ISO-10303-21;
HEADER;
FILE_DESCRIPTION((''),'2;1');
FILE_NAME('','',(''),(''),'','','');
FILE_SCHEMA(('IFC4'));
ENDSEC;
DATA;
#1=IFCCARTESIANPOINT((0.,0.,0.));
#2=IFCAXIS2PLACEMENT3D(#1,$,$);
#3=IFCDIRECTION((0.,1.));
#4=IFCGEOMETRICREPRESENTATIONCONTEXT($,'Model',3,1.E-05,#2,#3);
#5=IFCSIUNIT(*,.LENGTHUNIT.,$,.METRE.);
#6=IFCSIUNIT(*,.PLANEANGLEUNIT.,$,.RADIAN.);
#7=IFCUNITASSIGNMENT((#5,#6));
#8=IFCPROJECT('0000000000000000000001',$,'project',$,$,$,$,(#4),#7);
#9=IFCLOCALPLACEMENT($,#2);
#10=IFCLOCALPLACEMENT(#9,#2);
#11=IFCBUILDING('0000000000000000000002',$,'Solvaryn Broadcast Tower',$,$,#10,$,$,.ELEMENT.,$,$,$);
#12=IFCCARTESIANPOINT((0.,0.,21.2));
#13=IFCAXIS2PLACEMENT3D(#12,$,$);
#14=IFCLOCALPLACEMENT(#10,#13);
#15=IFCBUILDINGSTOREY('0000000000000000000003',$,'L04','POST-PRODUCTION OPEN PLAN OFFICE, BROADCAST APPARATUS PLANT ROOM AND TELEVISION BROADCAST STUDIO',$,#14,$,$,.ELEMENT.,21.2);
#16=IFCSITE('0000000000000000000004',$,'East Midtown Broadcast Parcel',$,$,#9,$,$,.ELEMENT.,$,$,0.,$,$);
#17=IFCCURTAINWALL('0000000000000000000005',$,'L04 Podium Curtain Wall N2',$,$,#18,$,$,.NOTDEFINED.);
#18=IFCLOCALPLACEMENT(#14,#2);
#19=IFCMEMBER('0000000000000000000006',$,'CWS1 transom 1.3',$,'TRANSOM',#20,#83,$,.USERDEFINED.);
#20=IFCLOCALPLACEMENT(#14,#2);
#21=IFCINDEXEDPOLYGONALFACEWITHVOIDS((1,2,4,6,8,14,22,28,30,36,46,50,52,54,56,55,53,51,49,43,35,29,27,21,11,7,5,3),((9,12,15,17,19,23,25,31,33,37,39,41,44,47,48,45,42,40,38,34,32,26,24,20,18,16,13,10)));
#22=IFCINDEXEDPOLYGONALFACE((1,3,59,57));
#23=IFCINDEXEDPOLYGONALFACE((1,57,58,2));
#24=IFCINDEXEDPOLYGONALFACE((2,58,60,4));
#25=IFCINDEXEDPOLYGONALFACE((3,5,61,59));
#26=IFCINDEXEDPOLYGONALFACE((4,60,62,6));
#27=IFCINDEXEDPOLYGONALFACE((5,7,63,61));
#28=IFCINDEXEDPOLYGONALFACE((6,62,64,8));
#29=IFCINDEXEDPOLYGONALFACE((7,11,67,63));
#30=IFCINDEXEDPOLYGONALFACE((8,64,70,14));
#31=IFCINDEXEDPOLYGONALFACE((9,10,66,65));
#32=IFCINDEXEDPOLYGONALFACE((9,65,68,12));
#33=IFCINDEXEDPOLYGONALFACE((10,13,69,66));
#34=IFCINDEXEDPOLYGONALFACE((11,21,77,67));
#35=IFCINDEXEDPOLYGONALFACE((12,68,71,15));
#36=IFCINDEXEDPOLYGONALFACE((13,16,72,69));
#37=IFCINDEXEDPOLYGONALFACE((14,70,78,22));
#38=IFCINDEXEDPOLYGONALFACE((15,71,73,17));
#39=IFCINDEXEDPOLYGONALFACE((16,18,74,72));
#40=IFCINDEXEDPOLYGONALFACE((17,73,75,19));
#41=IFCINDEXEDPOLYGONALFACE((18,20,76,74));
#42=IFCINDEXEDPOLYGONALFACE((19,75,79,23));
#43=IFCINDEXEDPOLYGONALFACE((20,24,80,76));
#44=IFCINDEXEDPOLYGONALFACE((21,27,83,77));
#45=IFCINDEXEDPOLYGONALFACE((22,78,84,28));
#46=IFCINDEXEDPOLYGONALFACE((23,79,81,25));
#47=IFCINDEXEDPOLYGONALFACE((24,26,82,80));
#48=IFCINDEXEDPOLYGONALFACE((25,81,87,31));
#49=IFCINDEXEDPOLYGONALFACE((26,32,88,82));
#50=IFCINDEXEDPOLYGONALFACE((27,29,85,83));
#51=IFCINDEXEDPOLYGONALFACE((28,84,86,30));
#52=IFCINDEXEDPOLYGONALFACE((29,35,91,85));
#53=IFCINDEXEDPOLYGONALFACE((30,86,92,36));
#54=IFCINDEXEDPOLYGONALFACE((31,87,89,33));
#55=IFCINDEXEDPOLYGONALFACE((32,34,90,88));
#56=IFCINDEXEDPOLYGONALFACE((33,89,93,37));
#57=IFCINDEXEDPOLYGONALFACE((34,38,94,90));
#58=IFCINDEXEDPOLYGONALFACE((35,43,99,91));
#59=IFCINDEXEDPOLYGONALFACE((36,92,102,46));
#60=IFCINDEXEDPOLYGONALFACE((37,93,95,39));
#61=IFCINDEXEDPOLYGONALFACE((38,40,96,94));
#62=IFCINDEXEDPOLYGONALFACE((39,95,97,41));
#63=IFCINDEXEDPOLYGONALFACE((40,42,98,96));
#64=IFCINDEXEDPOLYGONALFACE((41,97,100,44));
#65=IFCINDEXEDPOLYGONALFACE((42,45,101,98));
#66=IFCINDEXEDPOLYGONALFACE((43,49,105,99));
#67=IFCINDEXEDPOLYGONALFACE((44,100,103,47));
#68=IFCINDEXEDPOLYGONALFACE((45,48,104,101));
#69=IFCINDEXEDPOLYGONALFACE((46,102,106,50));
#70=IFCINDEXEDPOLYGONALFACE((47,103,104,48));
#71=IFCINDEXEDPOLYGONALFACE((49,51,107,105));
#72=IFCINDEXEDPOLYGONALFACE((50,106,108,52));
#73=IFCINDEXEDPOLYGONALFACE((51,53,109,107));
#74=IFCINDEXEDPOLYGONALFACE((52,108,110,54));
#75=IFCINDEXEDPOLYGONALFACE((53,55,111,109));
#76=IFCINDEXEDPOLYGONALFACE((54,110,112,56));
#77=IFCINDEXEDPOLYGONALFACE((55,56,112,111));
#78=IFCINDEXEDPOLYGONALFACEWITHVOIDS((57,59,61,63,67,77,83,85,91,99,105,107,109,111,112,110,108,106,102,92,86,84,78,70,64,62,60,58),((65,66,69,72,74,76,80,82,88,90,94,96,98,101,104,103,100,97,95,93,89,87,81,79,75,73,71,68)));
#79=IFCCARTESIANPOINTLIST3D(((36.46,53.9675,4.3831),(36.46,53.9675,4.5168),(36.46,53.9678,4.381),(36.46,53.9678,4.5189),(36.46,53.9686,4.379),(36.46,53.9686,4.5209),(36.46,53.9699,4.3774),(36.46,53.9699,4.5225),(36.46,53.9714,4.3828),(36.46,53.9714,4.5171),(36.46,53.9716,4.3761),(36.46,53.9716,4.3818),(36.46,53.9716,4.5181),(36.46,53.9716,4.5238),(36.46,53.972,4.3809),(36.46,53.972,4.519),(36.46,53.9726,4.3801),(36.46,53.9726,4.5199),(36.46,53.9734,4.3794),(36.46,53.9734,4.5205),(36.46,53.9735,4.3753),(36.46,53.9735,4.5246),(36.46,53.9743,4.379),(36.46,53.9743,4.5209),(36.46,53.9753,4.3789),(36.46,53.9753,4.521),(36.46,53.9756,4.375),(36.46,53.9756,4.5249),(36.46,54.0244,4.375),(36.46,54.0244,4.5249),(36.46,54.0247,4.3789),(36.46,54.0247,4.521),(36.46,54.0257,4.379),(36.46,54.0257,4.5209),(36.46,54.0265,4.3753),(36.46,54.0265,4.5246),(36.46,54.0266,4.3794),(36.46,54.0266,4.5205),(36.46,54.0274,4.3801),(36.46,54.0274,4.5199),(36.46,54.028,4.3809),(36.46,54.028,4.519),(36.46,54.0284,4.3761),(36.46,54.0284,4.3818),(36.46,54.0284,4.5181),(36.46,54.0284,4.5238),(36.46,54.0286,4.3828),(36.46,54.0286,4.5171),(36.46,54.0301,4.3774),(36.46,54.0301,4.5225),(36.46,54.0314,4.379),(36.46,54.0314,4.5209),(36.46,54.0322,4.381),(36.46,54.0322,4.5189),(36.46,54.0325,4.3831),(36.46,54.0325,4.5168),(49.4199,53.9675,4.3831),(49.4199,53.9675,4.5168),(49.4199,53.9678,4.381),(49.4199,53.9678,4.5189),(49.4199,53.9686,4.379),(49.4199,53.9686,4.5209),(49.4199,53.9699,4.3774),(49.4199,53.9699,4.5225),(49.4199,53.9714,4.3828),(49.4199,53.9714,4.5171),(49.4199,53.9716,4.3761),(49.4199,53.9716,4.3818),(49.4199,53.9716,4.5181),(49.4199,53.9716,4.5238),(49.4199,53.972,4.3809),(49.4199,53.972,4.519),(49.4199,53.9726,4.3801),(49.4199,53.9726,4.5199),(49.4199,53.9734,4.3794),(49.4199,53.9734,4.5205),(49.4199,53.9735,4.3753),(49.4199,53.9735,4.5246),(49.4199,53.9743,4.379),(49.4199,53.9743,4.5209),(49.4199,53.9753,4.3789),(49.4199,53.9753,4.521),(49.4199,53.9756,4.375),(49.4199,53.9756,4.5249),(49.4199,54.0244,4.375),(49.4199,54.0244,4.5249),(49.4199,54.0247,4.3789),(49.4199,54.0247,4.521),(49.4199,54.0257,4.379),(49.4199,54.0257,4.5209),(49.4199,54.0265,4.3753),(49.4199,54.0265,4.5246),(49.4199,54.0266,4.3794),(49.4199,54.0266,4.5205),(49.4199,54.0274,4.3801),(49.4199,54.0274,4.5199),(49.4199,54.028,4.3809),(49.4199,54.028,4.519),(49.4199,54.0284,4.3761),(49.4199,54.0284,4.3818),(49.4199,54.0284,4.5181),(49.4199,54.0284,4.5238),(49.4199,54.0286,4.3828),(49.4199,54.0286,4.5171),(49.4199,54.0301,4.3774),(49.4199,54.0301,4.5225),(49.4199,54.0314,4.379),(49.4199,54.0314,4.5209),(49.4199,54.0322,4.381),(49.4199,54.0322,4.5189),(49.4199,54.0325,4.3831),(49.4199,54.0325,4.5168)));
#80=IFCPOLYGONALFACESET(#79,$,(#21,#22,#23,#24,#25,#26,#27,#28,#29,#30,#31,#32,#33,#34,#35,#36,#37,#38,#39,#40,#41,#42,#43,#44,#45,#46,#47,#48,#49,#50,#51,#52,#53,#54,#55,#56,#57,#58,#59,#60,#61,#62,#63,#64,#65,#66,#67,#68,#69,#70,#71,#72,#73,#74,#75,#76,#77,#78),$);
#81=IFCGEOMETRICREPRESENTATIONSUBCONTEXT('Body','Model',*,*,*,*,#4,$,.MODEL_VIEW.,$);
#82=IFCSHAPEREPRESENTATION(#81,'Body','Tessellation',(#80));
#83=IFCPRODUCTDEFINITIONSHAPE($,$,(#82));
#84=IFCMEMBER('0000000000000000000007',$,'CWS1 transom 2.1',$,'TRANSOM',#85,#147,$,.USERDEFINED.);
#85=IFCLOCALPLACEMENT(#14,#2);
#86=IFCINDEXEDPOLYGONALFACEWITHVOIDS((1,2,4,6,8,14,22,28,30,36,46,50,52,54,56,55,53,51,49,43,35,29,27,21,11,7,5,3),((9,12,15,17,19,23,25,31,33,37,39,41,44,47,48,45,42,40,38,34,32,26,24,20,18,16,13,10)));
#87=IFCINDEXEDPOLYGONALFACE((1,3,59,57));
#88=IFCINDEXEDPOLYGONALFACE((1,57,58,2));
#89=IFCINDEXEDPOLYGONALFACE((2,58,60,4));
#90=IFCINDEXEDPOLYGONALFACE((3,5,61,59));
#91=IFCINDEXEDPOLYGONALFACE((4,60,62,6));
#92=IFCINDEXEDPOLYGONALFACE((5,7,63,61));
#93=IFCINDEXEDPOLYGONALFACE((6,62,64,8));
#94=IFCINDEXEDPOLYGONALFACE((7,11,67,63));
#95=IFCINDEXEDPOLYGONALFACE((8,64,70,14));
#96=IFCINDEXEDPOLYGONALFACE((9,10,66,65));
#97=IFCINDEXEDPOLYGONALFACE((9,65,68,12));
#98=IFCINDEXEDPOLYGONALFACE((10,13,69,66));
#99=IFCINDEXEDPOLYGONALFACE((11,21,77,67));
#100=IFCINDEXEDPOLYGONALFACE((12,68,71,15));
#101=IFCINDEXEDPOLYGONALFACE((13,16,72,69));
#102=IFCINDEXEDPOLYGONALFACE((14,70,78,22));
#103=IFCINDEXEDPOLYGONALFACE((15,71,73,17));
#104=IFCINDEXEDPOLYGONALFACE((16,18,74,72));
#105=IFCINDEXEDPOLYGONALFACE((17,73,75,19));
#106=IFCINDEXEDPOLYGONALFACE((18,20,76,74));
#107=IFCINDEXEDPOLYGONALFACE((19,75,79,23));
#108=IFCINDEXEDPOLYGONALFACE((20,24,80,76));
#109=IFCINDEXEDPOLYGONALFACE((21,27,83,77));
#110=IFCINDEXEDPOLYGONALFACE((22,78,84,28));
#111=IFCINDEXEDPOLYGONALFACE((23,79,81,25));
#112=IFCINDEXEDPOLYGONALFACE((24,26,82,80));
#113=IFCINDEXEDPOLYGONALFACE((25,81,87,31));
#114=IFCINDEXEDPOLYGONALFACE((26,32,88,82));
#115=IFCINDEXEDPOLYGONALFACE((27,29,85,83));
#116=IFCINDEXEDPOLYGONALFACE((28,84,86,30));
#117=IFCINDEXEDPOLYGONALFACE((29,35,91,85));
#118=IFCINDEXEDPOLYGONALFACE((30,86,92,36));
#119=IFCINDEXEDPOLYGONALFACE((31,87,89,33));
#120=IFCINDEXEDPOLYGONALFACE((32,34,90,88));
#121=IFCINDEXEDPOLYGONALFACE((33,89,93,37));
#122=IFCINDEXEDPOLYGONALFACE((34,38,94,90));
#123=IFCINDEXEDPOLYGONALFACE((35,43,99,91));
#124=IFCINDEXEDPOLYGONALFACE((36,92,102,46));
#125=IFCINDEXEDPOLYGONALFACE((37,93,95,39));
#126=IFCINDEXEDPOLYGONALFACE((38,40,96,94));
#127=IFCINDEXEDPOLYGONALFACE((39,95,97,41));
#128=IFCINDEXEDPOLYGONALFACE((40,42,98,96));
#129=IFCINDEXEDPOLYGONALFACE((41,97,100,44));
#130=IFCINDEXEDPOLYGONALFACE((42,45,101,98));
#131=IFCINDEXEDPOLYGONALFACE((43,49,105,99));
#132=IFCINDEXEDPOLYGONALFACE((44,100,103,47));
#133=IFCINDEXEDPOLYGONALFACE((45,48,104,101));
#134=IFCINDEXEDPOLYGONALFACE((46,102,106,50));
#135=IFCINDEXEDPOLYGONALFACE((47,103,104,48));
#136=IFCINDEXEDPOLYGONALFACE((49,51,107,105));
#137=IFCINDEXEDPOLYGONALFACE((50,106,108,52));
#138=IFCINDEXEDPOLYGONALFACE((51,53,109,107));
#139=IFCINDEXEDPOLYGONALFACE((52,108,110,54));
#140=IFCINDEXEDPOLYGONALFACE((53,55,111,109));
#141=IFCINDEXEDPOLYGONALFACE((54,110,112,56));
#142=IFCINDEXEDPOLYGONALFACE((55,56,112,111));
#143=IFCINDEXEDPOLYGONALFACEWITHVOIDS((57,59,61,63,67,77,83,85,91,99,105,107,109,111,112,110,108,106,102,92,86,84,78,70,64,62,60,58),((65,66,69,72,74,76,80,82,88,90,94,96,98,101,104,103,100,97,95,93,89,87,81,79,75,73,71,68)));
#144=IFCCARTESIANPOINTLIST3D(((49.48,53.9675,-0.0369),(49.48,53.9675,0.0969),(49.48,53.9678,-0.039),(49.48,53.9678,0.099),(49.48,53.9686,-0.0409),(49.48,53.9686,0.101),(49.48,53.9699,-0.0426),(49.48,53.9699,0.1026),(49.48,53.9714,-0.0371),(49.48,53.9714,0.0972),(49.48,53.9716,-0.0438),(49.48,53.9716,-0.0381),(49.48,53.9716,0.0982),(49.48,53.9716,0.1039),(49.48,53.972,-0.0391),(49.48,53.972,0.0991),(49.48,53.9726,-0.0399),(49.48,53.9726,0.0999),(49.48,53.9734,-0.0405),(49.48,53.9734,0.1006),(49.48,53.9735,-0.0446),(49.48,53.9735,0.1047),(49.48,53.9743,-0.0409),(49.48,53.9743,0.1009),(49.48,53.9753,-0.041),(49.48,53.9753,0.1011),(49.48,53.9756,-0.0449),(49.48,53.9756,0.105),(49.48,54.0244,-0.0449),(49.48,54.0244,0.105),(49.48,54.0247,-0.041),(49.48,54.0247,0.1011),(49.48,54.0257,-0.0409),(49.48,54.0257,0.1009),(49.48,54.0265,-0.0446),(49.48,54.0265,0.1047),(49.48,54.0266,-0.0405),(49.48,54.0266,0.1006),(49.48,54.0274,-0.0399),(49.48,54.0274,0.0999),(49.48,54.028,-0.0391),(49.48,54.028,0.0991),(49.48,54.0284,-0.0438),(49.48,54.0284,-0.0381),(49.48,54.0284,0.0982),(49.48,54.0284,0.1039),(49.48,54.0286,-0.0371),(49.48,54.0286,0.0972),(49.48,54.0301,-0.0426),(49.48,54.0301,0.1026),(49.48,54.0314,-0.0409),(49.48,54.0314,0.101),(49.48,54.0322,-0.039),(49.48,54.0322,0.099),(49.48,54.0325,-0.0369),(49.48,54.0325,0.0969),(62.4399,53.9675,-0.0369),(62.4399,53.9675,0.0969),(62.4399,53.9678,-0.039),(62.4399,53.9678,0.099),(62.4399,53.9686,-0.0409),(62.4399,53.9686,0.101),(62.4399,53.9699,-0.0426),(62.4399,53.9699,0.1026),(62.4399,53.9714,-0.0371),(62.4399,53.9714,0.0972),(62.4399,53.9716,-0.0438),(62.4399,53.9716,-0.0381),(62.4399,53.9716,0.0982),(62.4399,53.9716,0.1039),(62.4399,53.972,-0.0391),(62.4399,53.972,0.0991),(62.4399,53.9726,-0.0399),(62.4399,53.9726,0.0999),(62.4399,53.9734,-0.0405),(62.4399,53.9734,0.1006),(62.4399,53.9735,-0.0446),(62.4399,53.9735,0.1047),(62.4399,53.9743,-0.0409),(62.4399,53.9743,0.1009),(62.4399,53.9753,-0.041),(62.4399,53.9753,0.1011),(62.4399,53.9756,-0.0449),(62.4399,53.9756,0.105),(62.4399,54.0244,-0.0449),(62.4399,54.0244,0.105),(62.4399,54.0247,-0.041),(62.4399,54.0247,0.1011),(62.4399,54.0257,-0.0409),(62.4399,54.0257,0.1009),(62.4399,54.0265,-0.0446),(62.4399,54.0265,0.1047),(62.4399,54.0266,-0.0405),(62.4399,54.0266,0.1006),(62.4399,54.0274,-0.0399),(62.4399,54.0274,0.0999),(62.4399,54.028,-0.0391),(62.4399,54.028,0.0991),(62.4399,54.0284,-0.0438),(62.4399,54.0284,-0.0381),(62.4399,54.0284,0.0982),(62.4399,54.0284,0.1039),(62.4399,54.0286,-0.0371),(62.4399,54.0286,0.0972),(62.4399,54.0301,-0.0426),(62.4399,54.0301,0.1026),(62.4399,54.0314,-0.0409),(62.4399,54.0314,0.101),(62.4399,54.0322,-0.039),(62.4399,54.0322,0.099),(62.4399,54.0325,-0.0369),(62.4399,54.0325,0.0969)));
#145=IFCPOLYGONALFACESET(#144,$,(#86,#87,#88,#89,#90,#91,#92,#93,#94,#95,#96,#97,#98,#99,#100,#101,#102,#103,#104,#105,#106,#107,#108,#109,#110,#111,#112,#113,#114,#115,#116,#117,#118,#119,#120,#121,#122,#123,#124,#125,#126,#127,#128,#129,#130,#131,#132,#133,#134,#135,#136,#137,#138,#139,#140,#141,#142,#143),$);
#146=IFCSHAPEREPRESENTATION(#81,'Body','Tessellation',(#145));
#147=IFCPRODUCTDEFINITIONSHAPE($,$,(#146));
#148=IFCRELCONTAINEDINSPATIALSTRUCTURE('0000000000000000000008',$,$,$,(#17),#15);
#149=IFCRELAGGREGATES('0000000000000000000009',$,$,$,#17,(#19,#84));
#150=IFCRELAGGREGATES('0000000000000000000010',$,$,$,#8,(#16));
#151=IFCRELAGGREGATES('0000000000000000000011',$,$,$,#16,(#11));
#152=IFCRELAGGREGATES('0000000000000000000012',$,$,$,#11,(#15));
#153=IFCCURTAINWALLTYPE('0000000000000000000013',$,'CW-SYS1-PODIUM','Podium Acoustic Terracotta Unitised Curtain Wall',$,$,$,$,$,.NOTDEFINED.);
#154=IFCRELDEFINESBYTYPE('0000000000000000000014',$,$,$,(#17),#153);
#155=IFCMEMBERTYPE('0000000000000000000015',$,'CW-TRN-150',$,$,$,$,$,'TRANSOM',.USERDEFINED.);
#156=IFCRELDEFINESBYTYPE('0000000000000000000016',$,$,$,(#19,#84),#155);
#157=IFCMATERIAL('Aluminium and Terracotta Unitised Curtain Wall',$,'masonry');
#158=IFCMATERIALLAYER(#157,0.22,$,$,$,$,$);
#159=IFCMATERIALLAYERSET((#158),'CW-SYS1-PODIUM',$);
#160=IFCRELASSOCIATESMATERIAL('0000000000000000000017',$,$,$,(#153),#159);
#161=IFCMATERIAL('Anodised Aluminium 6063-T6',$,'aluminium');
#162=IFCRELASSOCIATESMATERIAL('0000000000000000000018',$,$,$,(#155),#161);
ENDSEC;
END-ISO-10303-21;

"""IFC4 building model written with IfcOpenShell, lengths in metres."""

from ifc_helpers import new_model, si_unit, direction, frame, origin, origin_2d, place, context, subcontext, project, spatial, hollow_rectangle, extrude, material, layer, layer_set, material_profile, profile_set, type_object, element, aggregate, save


model = new_model("IFC4")

# Units and contexts
model_context = context("Model", 3, precision=1e-05, world=origin(), true_north=direction((0.0, 1.0)))
body_context = subcontext(model_context, "Body", "Model", "MODEL_VIEW")
ifc_project = project(units=[si_unit("LENGTHUNIT", "METRE"), si_unit("PLANEANGLEUNIT", "RADIAN")], contexts=[model_context])

# Site, building, storey
site_placement = place(None, origin())
site = spatial("IfcSite", under=ifc_project, at=site_placement, Name="East Midtown Broadcast Parcel", CompositionType="ELEMENT", RefElevation=0.0)
building_placement = place(site_placement, origin())
building = spatial("IfcBuilding", under=site, at=building_placement, Name="Solvaryn Broadcast Tower", CompositionType="ELEMENT")
storey_placement = place(building_placement, frame((0.0, 0.0, 21.2)))
storey = spatial("IfcBuildingStorey", under=building, at=storey_placement, Name="L04", Description="POST-PRODUCTION OPEN PLAN OFFICE, BROADCAST APPARATUS PLANT ROOM AND TELEVISION BROADCAST STUDIO", CompositionType="ELEMENT", Elevation=21.2)

# Shared definitions
ifc_material_1 = material(Name="Aluminium and Terracotta Unitised Curtain Wall", Category="masonry")
ifc_layer_1 = layer(ifc_material_1, 0.22)
ifc_layer_set_1 = layer_set([ifc_layer_1], Name="CW-SYS1-PODIUM")
curtain_wall_type = type_object("IfcCurtainWallType", Name="CW-SYS1-PODIUM", Description="Podium Acoustic Terracotta Unitised Curtain Wall", PredefinedType="NOTDEFINED", material=ifc_layer_set_1)

# Curtain wall, members
curtain_wall_1_placement = place(storey_placement, origin())
curtain_wall_1 = element("IfcCurtainWall", 1, at=curtain_wall_1_placement, inside=storey, type_object=curtain_wall_type, Name="L04 Podium Curtain Wall N2", PredefinedType="NOTDEFINED")
ifc_material_2 = material(Name="Anodised Aluminium 6063-T6", Category="aluminium")
ifc_material_profile_1 = material_profile(ifc_material_2, hollow_rectangle(XDim=0.0649, YDim=0.1499, WallThickness=0.0039, InnerFilletRadius=0.0039, OuterFilletRadius=0.0081, at=origin_2d()))
ifc_profile_set_1 = profile_set([ifc_material_profile_1], Name="Anodised Aluminium 6063-T6")
member_type_1 = type_object("IfcMemberType", Name="CW-TRN-150", ElementType="TRANSOM", PredefinedType="USERDEFINED", material=ifc_profile_set_1)
member_1_placement = place(storey_placement, frame((36.46, 54.0, 4.45), z_axis=(1.0, 0.0, 0.0), x_axis=(0.0, 1.0, 0.0)))
member_1 = element("IfcMember", 2, at=member_1_placement, type_object=member_type_1, Name="CWS1 transom 1.3", ObjectType="TRANSOM", PredefinedType="USERDEFINED", context=body_context, shape_type="SweptSolid", body=[
    extrude(hollow_rectangle(XDim=0.0649, YDim=0.1499, WallThickness=0.0039, InnerFilletRadius=0.0039, OuterFilletRadius=0.0081, at=origin_2d()), origin(), (0.0, 0.0, 1.0), 12.96),
])
member_2_placement = place(storey_placement, frame((49.48, 54.0, 0.03), z_axis=(1.0, 0.0, 0.0), x_axis=(0.0, 1.0, 0.0)))
member_2 = element("IfcMember", 3, at=member_2_placement, type_object=member_type_1, Name="CWS1 transom 2.1", ObjectType="TRANSOM", PredefinedType="USERDEFINED", context=body_context, shape_type="SweptSolid", body=[
    extrude(hollow_rectangle(XDim=0.0649, YDim=0.1499, WallThickness=0.0039, InnerFilletRadius=0.0039, OuterFilletRadius=0.0081, at=origin_2d()), origin(), (0.0, 0.0, 1.0), 12.96),
])
aggregate(curtain_wall_1, [member_1, member_2])

save(model, "model.ifc")
